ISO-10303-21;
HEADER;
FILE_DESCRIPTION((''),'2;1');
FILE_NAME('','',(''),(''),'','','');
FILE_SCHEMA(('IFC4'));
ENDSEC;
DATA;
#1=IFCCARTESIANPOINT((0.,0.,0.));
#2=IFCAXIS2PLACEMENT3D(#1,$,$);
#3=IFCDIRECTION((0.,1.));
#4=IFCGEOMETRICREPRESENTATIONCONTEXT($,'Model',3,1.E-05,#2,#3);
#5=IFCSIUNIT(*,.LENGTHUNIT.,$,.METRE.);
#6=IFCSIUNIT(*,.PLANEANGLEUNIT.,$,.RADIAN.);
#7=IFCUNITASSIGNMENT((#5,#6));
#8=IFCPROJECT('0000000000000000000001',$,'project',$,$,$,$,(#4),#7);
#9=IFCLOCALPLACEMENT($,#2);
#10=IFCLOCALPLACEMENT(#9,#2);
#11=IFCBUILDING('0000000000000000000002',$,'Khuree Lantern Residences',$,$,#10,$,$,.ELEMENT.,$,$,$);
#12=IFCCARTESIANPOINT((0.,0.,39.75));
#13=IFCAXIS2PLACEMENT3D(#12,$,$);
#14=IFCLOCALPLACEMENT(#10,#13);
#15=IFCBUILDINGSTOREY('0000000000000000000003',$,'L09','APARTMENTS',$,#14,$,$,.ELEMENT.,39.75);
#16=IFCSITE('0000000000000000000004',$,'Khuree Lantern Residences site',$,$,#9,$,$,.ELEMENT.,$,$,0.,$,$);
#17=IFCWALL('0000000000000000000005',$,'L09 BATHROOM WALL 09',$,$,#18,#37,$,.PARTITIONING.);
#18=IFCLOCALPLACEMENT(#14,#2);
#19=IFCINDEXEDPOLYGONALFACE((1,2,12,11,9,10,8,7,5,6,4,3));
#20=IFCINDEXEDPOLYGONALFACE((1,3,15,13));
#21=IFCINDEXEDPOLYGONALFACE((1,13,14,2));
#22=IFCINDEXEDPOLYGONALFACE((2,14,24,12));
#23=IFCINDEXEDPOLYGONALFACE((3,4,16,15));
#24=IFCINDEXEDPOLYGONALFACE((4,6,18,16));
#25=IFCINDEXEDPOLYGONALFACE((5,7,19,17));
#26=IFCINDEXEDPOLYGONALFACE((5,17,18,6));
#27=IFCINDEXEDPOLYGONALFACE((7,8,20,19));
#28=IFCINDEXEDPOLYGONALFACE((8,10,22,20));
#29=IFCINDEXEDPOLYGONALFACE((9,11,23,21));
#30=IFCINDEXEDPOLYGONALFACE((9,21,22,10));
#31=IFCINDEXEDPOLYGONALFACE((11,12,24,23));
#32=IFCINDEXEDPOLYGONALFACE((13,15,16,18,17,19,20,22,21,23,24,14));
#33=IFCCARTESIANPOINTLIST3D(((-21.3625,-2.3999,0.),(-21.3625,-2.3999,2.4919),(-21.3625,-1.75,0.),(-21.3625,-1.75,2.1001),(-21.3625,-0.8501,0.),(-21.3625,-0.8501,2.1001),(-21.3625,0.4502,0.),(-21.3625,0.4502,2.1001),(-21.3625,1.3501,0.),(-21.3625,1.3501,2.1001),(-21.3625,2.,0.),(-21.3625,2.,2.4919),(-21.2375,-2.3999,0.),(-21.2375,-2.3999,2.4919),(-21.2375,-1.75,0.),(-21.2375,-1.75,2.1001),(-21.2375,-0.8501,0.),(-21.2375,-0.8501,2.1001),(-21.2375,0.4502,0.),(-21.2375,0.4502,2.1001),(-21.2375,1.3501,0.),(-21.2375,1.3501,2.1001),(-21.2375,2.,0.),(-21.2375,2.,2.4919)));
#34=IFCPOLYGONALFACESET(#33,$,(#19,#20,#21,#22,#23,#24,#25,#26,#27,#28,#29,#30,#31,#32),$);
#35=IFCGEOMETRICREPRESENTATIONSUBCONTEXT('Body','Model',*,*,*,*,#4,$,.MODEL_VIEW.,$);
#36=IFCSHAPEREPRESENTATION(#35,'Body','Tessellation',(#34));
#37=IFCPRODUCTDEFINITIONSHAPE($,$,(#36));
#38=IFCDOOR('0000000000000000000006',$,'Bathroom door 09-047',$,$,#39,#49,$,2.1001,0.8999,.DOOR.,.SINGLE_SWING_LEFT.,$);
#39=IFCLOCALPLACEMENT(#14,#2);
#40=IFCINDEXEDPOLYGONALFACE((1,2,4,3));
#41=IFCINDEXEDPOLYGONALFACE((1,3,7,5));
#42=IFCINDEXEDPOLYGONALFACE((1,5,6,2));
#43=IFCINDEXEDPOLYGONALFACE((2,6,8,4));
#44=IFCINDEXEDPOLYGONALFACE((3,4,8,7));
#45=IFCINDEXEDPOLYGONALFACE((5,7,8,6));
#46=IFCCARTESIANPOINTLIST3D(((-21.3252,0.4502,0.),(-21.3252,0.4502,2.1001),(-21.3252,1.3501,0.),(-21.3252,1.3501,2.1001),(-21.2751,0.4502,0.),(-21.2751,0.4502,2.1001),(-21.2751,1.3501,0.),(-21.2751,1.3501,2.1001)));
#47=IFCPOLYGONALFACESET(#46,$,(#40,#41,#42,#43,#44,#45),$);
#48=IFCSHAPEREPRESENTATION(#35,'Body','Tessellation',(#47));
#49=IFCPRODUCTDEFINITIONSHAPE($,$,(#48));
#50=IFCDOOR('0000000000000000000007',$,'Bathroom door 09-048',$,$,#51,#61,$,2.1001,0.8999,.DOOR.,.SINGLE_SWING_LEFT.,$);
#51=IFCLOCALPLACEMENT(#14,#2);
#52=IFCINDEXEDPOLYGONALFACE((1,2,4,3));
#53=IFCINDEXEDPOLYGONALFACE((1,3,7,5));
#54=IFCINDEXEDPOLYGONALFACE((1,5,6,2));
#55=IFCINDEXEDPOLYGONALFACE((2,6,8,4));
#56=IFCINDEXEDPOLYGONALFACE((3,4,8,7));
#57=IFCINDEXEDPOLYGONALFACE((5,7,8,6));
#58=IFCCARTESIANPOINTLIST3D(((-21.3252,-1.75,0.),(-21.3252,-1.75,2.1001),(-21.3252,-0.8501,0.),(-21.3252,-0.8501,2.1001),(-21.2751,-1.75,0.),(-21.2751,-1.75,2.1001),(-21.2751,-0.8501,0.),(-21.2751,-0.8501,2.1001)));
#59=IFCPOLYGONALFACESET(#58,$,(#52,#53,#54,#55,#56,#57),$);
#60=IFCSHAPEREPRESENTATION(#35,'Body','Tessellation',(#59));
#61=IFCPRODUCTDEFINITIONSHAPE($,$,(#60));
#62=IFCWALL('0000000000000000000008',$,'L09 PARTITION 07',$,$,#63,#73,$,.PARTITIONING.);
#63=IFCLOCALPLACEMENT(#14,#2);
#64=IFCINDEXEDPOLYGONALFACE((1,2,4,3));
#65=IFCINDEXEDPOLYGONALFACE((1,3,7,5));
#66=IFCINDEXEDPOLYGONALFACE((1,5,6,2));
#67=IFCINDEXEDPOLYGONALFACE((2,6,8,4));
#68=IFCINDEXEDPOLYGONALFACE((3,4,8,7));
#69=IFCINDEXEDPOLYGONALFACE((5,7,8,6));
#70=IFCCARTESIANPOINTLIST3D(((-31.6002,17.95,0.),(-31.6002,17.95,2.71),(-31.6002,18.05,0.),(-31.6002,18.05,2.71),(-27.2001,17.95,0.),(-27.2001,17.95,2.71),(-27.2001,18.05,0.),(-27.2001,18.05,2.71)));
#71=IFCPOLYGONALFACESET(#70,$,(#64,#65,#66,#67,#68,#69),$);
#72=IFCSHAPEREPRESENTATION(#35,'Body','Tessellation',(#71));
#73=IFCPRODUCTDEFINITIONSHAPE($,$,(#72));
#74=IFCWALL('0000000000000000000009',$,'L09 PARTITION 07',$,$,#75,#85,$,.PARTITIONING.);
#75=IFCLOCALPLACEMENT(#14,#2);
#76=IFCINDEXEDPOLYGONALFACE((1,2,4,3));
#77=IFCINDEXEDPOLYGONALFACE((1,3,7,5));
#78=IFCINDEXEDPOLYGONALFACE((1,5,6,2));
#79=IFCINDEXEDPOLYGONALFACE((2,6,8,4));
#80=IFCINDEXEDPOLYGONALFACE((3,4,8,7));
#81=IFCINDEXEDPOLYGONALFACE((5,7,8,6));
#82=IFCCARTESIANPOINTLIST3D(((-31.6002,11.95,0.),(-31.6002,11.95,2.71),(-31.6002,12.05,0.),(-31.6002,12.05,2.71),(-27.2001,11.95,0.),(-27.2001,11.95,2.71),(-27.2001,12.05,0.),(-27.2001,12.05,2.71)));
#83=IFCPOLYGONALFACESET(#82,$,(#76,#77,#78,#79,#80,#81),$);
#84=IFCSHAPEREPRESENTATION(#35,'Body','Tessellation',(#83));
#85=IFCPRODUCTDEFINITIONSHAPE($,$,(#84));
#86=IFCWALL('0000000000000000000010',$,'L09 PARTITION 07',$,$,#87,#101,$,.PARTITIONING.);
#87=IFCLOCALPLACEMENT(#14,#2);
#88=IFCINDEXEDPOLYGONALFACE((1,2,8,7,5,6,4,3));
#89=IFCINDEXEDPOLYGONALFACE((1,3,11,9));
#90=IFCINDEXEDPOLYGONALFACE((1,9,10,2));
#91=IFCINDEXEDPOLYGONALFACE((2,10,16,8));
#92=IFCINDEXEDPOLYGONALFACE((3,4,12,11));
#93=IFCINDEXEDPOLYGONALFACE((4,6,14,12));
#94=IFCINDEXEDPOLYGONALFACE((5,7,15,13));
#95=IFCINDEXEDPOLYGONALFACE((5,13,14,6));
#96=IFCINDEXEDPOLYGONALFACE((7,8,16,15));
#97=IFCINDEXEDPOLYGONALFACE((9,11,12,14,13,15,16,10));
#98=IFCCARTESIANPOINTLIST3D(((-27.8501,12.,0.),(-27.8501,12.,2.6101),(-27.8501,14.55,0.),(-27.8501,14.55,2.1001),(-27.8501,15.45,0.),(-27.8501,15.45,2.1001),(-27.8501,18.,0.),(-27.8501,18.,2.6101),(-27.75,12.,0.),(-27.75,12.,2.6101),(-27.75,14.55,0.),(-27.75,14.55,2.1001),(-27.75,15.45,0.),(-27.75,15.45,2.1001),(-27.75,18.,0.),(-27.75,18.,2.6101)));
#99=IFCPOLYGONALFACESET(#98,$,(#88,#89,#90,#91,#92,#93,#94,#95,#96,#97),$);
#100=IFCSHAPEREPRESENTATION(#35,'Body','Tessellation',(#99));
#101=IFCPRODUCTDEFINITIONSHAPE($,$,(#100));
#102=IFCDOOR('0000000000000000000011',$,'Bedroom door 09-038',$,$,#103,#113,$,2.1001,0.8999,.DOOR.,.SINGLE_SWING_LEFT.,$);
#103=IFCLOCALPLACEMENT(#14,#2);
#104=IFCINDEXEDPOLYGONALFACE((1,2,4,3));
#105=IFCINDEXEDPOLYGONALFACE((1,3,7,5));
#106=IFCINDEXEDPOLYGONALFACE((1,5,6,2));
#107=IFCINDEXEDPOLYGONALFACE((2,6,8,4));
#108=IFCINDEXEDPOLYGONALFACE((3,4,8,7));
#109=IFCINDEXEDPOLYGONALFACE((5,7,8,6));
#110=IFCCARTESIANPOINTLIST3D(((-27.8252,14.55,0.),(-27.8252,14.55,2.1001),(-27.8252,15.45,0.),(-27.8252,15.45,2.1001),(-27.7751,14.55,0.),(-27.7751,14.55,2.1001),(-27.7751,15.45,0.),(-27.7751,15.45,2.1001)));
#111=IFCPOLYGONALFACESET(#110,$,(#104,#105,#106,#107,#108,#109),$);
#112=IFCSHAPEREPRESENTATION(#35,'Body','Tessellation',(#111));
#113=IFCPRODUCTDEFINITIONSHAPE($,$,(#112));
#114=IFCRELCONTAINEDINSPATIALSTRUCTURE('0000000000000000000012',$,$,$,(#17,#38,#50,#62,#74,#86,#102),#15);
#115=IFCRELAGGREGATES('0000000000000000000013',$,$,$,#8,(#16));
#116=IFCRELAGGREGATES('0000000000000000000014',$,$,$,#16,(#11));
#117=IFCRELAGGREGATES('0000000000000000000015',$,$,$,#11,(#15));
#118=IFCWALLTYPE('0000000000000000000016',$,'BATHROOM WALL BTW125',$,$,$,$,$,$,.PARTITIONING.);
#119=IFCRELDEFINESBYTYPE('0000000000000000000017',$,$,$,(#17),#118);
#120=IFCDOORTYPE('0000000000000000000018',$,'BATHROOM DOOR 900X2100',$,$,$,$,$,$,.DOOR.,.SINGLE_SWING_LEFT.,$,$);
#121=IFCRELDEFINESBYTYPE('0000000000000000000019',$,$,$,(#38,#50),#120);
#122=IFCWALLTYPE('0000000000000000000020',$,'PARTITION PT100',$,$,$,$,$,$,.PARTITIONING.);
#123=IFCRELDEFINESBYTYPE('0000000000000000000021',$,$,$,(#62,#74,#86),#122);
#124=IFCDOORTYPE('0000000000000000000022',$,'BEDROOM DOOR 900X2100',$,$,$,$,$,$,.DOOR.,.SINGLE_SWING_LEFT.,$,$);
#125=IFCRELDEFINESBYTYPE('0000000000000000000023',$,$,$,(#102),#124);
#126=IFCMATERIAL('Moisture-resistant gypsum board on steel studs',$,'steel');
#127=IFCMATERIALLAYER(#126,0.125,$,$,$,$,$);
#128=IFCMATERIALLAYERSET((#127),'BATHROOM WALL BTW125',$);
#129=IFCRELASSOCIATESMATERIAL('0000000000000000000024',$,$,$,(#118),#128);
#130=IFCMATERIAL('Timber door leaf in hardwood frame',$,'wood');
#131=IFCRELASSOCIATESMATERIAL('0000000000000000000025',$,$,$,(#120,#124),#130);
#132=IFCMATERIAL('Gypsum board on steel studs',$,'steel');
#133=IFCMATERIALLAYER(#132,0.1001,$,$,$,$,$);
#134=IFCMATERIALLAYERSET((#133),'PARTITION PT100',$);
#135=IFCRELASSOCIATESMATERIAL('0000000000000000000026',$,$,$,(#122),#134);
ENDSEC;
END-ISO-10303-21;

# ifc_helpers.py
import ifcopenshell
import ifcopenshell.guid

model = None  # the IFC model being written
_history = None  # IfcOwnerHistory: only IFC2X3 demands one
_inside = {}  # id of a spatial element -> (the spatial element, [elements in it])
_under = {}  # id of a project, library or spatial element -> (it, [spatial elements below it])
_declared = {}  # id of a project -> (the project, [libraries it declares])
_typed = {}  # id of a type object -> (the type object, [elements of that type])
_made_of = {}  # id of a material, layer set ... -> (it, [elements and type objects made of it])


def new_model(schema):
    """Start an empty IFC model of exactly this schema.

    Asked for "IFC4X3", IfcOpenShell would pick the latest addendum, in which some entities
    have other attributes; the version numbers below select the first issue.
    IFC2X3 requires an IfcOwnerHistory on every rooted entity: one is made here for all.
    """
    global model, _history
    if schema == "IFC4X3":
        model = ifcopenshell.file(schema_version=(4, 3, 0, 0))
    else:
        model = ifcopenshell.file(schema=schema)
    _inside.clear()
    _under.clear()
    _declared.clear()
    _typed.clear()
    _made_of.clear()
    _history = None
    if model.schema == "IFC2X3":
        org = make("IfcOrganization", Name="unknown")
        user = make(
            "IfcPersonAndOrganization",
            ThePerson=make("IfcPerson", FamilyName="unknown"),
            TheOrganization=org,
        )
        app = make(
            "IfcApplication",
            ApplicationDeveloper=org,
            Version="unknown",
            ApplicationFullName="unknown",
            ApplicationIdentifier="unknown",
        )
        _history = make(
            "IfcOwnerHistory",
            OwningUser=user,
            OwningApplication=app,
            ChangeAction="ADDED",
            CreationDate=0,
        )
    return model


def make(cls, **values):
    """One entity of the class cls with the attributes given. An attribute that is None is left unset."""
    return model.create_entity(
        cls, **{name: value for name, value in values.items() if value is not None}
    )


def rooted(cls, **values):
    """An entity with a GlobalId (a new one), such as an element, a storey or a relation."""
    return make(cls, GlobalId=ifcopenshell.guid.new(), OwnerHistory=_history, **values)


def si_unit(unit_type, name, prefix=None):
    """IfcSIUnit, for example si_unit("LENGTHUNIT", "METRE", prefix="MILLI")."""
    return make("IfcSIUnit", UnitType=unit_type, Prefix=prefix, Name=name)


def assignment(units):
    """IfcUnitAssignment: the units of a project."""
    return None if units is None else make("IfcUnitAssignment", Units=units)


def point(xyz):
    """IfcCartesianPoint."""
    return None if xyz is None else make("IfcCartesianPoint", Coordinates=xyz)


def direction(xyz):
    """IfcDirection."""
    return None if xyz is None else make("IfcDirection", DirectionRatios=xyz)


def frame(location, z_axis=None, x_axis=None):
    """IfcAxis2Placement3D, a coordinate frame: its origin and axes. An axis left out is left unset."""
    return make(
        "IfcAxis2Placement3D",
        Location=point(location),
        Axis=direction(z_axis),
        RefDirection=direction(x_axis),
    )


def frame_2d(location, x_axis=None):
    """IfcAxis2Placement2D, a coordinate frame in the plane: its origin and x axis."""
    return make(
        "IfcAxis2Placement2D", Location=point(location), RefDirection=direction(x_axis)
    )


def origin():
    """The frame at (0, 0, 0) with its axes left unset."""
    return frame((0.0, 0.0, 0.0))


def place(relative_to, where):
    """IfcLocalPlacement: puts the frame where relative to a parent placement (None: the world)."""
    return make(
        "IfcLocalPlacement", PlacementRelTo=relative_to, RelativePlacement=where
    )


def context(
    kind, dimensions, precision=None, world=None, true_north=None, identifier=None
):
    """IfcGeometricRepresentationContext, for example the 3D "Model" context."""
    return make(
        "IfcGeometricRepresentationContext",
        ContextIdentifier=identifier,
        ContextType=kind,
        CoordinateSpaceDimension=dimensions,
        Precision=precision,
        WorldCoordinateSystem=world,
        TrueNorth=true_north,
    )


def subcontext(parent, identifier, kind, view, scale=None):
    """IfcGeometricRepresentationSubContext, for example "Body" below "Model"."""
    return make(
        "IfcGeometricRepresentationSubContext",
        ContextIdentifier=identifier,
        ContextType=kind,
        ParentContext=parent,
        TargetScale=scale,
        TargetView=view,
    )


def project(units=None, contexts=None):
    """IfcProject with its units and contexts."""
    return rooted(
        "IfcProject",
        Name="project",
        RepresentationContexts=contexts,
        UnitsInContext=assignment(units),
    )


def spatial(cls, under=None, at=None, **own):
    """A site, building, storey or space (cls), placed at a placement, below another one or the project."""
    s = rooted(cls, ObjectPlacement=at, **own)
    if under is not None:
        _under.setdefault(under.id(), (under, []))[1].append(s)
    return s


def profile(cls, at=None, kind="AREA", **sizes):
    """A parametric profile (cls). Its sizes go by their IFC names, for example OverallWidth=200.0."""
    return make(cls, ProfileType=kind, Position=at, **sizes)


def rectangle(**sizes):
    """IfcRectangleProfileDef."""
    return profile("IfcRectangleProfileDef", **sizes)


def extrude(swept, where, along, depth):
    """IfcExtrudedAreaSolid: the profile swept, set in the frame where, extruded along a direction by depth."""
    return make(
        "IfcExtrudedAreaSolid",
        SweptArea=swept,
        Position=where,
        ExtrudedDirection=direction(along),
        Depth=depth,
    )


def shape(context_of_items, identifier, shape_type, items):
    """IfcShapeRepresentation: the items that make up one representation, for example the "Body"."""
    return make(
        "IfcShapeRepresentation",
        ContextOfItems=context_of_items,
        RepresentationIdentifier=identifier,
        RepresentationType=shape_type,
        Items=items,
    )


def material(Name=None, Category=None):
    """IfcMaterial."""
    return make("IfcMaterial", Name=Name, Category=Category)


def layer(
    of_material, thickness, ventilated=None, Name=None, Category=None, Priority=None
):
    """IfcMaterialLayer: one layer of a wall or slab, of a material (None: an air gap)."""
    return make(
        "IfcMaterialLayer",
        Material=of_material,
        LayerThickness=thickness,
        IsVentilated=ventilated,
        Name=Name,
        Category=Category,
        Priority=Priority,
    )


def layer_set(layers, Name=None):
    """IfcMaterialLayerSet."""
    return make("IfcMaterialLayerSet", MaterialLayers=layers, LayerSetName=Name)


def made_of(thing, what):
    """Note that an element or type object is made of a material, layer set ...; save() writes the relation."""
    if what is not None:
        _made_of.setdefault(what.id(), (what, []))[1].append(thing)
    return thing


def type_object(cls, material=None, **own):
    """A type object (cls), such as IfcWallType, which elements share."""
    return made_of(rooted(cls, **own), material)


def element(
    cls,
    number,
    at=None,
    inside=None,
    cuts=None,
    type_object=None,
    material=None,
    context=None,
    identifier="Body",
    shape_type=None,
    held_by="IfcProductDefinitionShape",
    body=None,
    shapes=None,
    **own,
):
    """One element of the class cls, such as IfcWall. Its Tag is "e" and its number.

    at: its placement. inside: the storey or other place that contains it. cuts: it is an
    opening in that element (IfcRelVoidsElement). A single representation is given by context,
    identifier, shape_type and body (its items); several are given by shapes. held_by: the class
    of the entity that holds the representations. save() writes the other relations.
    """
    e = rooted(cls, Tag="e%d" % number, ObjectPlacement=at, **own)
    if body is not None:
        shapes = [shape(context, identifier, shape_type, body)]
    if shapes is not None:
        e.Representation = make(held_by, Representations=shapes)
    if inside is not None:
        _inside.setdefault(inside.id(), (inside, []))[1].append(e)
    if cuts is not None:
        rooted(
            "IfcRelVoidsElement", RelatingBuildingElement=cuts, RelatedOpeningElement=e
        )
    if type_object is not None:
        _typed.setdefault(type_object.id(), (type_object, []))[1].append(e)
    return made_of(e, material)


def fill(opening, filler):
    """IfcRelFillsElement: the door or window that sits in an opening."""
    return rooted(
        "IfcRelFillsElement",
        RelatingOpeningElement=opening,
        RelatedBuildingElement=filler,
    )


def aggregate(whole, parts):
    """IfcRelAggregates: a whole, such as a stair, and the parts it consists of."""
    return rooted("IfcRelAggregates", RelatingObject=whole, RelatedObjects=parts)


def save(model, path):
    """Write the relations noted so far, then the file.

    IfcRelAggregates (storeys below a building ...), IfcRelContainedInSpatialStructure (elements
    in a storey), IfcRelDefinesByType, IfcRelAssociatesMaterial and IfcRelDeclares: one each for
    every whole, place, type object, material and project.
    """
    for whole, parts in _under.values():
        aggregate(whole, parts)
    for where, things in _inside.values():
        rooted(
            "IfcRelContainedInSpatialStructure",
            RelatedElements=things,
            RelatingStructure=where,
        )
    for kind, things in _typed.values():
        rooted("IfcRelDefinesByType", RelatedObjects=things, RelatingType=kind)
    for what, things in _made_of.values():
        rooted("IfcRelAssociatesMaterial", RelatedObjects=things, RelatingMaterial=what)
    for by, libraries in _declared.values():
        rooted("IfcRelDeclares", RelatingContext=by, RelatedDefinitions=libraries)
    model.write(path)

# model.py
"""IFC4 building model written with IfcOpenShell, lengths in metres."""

from ifc_helpers import new_model, si_unit, direction, frame, frame_2d, origin, place, context, subcontext, project, spatial, rectangle, extrude, material, layer, layer_set, type_object, element, fill, save


model = new_model("IFC4")

# Units and contexts
model_context = context("Model", 3, precision=1e-05, world=origin(), true_north=direction((0.0, 1.0)))
body_context = subcontext(model_context, "Body", "Model", "MODEL_VIEW")
ifc_project = project(units=[si_unit("LENGTHUNIT", "METRE"), si_unit("PLANEANGLEUNIT", "RADIAN")], contexts=[model_context])

# Site, building, storey
site_placement = place(None, origin())
site = spatial("IfcSite", under=ifc_project, at=site_placement, Name="Khuree Lantern Residences site", CompositionType="ELEMENT", RefElevation=0.0)
building_placement = place(site_placement, origin())
building = spatial("IfcBuilding", under=site, at=building_placement, Name="Khuree Lantern Residences", CompositionType="ELEMENT")
storey_placement = place(building_placement, frame((0.0, 0.0, 39.75)))
storey = spatial("IfcBuildingStorey", under=building, at=storey_placement, Name="L09", Description="APARTMENTS", CompositionType="ELEMENT", Elevation=39.75)

# Shared definitions
ifc_material_1 = material(Name="Moisture-resistant gypsum board on steel studs", Category="steel")
ifc_layer_1 = layer(ifc_material_1, 0.125)
ifc_layer_set_1 = layer_set([ifc_layer_1], Name="BATHROOM WALL BTW125")
wall_type_1 = type_object("IfcWallType", Name="BATHROOM WALL BTW125", PredefinedType="PARTITIONING", material=ifc_layer_set_1)
ifc_material_2 = material(Name="Timber door leaf in hardwood frame", Category="wood")
door_type_1 = type_object("IfcDoorType", Name="BATHROOM DOOR 900X2100", OperationType="SINGLE_SWING_LEFT", PredefinedType="DOOR", material=ifc_material_2)

# Wall, openings, doors
wall_1_placement = place(storey_placement, frame((-21.3, 2.0, 0.0), z_axis=(0.0, 0.0, 1.0), x_axis=(0.0, -1.0, 0.0)))
wall_1 = element("IfcWall", 1, at=wall_1_placement, inside=storey, type_object=wall_type_1, Name="L09 BATHROOM WALL 09", PredefinedType="PARTITIONING", context=body_context, shape_type="SweptSolid", body=[
    extrude(rectangle(XDim=4.3999, YDim=0.125, at=frame_2d((2.2, 0.0))), origin(), (0.0, 0.0, 1.0), 2.4919),
])
opening_1_placement = place(wall_1_placement, frame((0.6499, 0.0, 0.0)))
opening_1 = element("IfcOpeningElement", 2, at=opening_1_placement, cuts=wall_1, PredefinedType="OPENING", context=body_context, shape_type="SweptSolid", body=[
    extrude(rectangle(XDim=0.8999, YDim=2.1001, at=frame_2d((0.45, 1.05))), frame((0.0, 0.0725, 0.0), z_axis=(0.0, -1.0, 0.0), x_axis=(1.0, 0.0, 0.0)), (0.0, 0.0, 1.0), 0.145),
])
opening_2_placement = place(wall_1_placement, frame((2.8501, 0.0, 0.0)))
opening_2 = element("IfcOpeningElement", 3, at=opening_2_placement, cuts=wall_1, PredefinedType="OPENING", context=body_context, shape_type="SweptSolid", body=[
    extrude(rectangle(XDim=0.8999, YDim=2.1001, at=frame_2d((0.45, 1.05))), frame((0.0, 0.0725, 0.0), z_axis=(0.0, -1.0, 0.0), x_axis=(1.0, 0.0, 0.0)), (0.0, 0.0, 1.0), 0.145),
])
door_1_placement = place(opening_1_placement, origin())
door_1 = element("IfcDoor", 4, at=door_1_placement, inside=storey, type_object=door_type_1, Name="Bathroom door 09-047", OperationType="SINGLE_SWING_LEFT", OverallHeight=2.1001, OverallWidth=0.8999, PredefinedType="DOOR", context=body_context, shape_type="SweptSolid", body=[
    extrude(rectangle(XDim=0.8999, YDim=2.1001, at=frame_2d((0.45, 1.05))), frame((0.0, 0.0249, 0.0), z_axis=(0.0, -1.0, 0.0), x_axis=(1.0, 0.0, 0.0)), (0.0, 0.0, 1.0), 0.05),
])
fill(opening_1, door_1)
door_2_placement = place(opening_2_placement, origin())
door_2 = element("IfcDoor", 5, at=door_2_placement, inside=storey, type_object=door_type_1, Name="Bathroom door 09-048", OperationType="SINGLE_SWING_LEFT", OverallHeight=2.1001, OverallWidth=0.8999, PredefinedType="DOOR", context=body_context, shape_type="SweptSolid", body=[
    extrude(rectangle(XDim=0.8999, YDim=2.1001, at=frame_2d((0.45, 1.05))), frame((0.0, 0.0249, 0.0), z_axis=(0.0, -1.0, 0.0), x_axis=(1.0, 0.0, 0.0)), (0.0, 0.0, 1.0), 0.05),
])
fill(opening_2, door_2)

# Walls
ifc_material_3 = material(Name="Gypsum board on steel studs", Category="steel")
ifc_layer_2 = layer(ifc_material_3, 0.1001)
ifc_layer_set_2 = layer_set([ifc_layer_2], Name="PARTITION PT100")
wall_type_2 = type_object("IfcWallType", Name="PARTITION PT100", PredefinedType="PARTITIONING", material=ifc_layer_set_2)
for number, where, z_axis, x_axis, name in (
    (6, (-27.2, 18.0, 0.0), (0.0, 0.0, 1.0), (-1.0, 0.0, 0.0), "L09 PARTITION 07"),
    (7, (-27.2, 12.0, 0.0), (0.0, 0.0, 1.0), (-1.0, 0.0, 0.0), "L09 PARTITION 07"),
):
    element("IfcWall", number, at=place(storey_placement, frame(where, z_axis=z_axis, x_axis=x_axis)), inside=storey, type_object=wall_type_2, Name=name, PredefinedType="PARTITIONING", context=body_context, shape_type="SweptSolid", body=[
        extrude(rectangle(XDim=4.4001, YDim=0.1001, at=frame_2d((2.2002, 0.0))), origin(), (0.0, 0.0, 1.0), 2.71),
    ])

# Wall, opening, door
wall_2_placement = place(storey_placement, frame((-27.8, 18.0, 0.0), z_axis=(0.0, 0.0, 1.0), x_axis=(0.0, -1.0, 0.0)))
wall_2 = element("IfcWall", 8, at=wall_2_placement, inside=storey, type_object=wall_type_2, Name="L09 PARTITION 07", PredefinedType="PARTITIONING", context=body_context, shape_type="SweptSolid", body=[
    extrude(rectangle(XDim=6.0, YDim=0.1001, at=frame_2d((3.0, 0.0))), origin(), (0.0, 0.0, 1.0), 2.6101),
])
opening_3_placement = place(wall_2_placement, frame((2.55, 0.0, 0.0)))
opening_3 = element("IfcOpeningElement", 9, at=opening_3_placement, cuts=wall_2, PredefinedType="OPENING", context=body_context, shape_type="SweptSolid", body=[
    extrude(rectangle(XDim=0.8999, YDim=2.1001, at=frame_2d((0.45, 1.05))), frame((0.0, 0.0601, 0.0), z_axis=(0.0, -1.0, 0.0), x_axis=(1.0, 0.0, 0.0)), (0.0, 0.0, 1.0), 0.1201),
])
door_type_2 = type_object("IfcDoorType", Name="BEDROOM DOOR 900X2100", OperationType="SINGLE_SWING_LEFT", PredefinedType="DOOR", material=ifc_material_2)
door_3_placement = place(opening_3_placement, origin())
door_3 = element("IfcDoor", 10, at=door_3_placement, inside=storey, type_object=door_type_2, Name="Bedroom door 09-038", OperationType="SINGLE_SWING_LEFT", OverallHeight=2.1001, OverallWidth=0.8999, PredefinedType="DOOR", context=body_context, shape_type="SweptSolid", body=[
    extrude(rectangle(XDim=0.8999, YDim=2.1001, at=frame_2d((0.45, 1.05))), frame((0.0, 0.0249, 0.0), z_axis=(0.0, -1.0, 0.0), x_axis=(1.0, 0.0, 0.0)), (0.0, 0.0, 1.0), 0.05),
])
fill(opening_3, door_3)

save(model, "model.ifc")
